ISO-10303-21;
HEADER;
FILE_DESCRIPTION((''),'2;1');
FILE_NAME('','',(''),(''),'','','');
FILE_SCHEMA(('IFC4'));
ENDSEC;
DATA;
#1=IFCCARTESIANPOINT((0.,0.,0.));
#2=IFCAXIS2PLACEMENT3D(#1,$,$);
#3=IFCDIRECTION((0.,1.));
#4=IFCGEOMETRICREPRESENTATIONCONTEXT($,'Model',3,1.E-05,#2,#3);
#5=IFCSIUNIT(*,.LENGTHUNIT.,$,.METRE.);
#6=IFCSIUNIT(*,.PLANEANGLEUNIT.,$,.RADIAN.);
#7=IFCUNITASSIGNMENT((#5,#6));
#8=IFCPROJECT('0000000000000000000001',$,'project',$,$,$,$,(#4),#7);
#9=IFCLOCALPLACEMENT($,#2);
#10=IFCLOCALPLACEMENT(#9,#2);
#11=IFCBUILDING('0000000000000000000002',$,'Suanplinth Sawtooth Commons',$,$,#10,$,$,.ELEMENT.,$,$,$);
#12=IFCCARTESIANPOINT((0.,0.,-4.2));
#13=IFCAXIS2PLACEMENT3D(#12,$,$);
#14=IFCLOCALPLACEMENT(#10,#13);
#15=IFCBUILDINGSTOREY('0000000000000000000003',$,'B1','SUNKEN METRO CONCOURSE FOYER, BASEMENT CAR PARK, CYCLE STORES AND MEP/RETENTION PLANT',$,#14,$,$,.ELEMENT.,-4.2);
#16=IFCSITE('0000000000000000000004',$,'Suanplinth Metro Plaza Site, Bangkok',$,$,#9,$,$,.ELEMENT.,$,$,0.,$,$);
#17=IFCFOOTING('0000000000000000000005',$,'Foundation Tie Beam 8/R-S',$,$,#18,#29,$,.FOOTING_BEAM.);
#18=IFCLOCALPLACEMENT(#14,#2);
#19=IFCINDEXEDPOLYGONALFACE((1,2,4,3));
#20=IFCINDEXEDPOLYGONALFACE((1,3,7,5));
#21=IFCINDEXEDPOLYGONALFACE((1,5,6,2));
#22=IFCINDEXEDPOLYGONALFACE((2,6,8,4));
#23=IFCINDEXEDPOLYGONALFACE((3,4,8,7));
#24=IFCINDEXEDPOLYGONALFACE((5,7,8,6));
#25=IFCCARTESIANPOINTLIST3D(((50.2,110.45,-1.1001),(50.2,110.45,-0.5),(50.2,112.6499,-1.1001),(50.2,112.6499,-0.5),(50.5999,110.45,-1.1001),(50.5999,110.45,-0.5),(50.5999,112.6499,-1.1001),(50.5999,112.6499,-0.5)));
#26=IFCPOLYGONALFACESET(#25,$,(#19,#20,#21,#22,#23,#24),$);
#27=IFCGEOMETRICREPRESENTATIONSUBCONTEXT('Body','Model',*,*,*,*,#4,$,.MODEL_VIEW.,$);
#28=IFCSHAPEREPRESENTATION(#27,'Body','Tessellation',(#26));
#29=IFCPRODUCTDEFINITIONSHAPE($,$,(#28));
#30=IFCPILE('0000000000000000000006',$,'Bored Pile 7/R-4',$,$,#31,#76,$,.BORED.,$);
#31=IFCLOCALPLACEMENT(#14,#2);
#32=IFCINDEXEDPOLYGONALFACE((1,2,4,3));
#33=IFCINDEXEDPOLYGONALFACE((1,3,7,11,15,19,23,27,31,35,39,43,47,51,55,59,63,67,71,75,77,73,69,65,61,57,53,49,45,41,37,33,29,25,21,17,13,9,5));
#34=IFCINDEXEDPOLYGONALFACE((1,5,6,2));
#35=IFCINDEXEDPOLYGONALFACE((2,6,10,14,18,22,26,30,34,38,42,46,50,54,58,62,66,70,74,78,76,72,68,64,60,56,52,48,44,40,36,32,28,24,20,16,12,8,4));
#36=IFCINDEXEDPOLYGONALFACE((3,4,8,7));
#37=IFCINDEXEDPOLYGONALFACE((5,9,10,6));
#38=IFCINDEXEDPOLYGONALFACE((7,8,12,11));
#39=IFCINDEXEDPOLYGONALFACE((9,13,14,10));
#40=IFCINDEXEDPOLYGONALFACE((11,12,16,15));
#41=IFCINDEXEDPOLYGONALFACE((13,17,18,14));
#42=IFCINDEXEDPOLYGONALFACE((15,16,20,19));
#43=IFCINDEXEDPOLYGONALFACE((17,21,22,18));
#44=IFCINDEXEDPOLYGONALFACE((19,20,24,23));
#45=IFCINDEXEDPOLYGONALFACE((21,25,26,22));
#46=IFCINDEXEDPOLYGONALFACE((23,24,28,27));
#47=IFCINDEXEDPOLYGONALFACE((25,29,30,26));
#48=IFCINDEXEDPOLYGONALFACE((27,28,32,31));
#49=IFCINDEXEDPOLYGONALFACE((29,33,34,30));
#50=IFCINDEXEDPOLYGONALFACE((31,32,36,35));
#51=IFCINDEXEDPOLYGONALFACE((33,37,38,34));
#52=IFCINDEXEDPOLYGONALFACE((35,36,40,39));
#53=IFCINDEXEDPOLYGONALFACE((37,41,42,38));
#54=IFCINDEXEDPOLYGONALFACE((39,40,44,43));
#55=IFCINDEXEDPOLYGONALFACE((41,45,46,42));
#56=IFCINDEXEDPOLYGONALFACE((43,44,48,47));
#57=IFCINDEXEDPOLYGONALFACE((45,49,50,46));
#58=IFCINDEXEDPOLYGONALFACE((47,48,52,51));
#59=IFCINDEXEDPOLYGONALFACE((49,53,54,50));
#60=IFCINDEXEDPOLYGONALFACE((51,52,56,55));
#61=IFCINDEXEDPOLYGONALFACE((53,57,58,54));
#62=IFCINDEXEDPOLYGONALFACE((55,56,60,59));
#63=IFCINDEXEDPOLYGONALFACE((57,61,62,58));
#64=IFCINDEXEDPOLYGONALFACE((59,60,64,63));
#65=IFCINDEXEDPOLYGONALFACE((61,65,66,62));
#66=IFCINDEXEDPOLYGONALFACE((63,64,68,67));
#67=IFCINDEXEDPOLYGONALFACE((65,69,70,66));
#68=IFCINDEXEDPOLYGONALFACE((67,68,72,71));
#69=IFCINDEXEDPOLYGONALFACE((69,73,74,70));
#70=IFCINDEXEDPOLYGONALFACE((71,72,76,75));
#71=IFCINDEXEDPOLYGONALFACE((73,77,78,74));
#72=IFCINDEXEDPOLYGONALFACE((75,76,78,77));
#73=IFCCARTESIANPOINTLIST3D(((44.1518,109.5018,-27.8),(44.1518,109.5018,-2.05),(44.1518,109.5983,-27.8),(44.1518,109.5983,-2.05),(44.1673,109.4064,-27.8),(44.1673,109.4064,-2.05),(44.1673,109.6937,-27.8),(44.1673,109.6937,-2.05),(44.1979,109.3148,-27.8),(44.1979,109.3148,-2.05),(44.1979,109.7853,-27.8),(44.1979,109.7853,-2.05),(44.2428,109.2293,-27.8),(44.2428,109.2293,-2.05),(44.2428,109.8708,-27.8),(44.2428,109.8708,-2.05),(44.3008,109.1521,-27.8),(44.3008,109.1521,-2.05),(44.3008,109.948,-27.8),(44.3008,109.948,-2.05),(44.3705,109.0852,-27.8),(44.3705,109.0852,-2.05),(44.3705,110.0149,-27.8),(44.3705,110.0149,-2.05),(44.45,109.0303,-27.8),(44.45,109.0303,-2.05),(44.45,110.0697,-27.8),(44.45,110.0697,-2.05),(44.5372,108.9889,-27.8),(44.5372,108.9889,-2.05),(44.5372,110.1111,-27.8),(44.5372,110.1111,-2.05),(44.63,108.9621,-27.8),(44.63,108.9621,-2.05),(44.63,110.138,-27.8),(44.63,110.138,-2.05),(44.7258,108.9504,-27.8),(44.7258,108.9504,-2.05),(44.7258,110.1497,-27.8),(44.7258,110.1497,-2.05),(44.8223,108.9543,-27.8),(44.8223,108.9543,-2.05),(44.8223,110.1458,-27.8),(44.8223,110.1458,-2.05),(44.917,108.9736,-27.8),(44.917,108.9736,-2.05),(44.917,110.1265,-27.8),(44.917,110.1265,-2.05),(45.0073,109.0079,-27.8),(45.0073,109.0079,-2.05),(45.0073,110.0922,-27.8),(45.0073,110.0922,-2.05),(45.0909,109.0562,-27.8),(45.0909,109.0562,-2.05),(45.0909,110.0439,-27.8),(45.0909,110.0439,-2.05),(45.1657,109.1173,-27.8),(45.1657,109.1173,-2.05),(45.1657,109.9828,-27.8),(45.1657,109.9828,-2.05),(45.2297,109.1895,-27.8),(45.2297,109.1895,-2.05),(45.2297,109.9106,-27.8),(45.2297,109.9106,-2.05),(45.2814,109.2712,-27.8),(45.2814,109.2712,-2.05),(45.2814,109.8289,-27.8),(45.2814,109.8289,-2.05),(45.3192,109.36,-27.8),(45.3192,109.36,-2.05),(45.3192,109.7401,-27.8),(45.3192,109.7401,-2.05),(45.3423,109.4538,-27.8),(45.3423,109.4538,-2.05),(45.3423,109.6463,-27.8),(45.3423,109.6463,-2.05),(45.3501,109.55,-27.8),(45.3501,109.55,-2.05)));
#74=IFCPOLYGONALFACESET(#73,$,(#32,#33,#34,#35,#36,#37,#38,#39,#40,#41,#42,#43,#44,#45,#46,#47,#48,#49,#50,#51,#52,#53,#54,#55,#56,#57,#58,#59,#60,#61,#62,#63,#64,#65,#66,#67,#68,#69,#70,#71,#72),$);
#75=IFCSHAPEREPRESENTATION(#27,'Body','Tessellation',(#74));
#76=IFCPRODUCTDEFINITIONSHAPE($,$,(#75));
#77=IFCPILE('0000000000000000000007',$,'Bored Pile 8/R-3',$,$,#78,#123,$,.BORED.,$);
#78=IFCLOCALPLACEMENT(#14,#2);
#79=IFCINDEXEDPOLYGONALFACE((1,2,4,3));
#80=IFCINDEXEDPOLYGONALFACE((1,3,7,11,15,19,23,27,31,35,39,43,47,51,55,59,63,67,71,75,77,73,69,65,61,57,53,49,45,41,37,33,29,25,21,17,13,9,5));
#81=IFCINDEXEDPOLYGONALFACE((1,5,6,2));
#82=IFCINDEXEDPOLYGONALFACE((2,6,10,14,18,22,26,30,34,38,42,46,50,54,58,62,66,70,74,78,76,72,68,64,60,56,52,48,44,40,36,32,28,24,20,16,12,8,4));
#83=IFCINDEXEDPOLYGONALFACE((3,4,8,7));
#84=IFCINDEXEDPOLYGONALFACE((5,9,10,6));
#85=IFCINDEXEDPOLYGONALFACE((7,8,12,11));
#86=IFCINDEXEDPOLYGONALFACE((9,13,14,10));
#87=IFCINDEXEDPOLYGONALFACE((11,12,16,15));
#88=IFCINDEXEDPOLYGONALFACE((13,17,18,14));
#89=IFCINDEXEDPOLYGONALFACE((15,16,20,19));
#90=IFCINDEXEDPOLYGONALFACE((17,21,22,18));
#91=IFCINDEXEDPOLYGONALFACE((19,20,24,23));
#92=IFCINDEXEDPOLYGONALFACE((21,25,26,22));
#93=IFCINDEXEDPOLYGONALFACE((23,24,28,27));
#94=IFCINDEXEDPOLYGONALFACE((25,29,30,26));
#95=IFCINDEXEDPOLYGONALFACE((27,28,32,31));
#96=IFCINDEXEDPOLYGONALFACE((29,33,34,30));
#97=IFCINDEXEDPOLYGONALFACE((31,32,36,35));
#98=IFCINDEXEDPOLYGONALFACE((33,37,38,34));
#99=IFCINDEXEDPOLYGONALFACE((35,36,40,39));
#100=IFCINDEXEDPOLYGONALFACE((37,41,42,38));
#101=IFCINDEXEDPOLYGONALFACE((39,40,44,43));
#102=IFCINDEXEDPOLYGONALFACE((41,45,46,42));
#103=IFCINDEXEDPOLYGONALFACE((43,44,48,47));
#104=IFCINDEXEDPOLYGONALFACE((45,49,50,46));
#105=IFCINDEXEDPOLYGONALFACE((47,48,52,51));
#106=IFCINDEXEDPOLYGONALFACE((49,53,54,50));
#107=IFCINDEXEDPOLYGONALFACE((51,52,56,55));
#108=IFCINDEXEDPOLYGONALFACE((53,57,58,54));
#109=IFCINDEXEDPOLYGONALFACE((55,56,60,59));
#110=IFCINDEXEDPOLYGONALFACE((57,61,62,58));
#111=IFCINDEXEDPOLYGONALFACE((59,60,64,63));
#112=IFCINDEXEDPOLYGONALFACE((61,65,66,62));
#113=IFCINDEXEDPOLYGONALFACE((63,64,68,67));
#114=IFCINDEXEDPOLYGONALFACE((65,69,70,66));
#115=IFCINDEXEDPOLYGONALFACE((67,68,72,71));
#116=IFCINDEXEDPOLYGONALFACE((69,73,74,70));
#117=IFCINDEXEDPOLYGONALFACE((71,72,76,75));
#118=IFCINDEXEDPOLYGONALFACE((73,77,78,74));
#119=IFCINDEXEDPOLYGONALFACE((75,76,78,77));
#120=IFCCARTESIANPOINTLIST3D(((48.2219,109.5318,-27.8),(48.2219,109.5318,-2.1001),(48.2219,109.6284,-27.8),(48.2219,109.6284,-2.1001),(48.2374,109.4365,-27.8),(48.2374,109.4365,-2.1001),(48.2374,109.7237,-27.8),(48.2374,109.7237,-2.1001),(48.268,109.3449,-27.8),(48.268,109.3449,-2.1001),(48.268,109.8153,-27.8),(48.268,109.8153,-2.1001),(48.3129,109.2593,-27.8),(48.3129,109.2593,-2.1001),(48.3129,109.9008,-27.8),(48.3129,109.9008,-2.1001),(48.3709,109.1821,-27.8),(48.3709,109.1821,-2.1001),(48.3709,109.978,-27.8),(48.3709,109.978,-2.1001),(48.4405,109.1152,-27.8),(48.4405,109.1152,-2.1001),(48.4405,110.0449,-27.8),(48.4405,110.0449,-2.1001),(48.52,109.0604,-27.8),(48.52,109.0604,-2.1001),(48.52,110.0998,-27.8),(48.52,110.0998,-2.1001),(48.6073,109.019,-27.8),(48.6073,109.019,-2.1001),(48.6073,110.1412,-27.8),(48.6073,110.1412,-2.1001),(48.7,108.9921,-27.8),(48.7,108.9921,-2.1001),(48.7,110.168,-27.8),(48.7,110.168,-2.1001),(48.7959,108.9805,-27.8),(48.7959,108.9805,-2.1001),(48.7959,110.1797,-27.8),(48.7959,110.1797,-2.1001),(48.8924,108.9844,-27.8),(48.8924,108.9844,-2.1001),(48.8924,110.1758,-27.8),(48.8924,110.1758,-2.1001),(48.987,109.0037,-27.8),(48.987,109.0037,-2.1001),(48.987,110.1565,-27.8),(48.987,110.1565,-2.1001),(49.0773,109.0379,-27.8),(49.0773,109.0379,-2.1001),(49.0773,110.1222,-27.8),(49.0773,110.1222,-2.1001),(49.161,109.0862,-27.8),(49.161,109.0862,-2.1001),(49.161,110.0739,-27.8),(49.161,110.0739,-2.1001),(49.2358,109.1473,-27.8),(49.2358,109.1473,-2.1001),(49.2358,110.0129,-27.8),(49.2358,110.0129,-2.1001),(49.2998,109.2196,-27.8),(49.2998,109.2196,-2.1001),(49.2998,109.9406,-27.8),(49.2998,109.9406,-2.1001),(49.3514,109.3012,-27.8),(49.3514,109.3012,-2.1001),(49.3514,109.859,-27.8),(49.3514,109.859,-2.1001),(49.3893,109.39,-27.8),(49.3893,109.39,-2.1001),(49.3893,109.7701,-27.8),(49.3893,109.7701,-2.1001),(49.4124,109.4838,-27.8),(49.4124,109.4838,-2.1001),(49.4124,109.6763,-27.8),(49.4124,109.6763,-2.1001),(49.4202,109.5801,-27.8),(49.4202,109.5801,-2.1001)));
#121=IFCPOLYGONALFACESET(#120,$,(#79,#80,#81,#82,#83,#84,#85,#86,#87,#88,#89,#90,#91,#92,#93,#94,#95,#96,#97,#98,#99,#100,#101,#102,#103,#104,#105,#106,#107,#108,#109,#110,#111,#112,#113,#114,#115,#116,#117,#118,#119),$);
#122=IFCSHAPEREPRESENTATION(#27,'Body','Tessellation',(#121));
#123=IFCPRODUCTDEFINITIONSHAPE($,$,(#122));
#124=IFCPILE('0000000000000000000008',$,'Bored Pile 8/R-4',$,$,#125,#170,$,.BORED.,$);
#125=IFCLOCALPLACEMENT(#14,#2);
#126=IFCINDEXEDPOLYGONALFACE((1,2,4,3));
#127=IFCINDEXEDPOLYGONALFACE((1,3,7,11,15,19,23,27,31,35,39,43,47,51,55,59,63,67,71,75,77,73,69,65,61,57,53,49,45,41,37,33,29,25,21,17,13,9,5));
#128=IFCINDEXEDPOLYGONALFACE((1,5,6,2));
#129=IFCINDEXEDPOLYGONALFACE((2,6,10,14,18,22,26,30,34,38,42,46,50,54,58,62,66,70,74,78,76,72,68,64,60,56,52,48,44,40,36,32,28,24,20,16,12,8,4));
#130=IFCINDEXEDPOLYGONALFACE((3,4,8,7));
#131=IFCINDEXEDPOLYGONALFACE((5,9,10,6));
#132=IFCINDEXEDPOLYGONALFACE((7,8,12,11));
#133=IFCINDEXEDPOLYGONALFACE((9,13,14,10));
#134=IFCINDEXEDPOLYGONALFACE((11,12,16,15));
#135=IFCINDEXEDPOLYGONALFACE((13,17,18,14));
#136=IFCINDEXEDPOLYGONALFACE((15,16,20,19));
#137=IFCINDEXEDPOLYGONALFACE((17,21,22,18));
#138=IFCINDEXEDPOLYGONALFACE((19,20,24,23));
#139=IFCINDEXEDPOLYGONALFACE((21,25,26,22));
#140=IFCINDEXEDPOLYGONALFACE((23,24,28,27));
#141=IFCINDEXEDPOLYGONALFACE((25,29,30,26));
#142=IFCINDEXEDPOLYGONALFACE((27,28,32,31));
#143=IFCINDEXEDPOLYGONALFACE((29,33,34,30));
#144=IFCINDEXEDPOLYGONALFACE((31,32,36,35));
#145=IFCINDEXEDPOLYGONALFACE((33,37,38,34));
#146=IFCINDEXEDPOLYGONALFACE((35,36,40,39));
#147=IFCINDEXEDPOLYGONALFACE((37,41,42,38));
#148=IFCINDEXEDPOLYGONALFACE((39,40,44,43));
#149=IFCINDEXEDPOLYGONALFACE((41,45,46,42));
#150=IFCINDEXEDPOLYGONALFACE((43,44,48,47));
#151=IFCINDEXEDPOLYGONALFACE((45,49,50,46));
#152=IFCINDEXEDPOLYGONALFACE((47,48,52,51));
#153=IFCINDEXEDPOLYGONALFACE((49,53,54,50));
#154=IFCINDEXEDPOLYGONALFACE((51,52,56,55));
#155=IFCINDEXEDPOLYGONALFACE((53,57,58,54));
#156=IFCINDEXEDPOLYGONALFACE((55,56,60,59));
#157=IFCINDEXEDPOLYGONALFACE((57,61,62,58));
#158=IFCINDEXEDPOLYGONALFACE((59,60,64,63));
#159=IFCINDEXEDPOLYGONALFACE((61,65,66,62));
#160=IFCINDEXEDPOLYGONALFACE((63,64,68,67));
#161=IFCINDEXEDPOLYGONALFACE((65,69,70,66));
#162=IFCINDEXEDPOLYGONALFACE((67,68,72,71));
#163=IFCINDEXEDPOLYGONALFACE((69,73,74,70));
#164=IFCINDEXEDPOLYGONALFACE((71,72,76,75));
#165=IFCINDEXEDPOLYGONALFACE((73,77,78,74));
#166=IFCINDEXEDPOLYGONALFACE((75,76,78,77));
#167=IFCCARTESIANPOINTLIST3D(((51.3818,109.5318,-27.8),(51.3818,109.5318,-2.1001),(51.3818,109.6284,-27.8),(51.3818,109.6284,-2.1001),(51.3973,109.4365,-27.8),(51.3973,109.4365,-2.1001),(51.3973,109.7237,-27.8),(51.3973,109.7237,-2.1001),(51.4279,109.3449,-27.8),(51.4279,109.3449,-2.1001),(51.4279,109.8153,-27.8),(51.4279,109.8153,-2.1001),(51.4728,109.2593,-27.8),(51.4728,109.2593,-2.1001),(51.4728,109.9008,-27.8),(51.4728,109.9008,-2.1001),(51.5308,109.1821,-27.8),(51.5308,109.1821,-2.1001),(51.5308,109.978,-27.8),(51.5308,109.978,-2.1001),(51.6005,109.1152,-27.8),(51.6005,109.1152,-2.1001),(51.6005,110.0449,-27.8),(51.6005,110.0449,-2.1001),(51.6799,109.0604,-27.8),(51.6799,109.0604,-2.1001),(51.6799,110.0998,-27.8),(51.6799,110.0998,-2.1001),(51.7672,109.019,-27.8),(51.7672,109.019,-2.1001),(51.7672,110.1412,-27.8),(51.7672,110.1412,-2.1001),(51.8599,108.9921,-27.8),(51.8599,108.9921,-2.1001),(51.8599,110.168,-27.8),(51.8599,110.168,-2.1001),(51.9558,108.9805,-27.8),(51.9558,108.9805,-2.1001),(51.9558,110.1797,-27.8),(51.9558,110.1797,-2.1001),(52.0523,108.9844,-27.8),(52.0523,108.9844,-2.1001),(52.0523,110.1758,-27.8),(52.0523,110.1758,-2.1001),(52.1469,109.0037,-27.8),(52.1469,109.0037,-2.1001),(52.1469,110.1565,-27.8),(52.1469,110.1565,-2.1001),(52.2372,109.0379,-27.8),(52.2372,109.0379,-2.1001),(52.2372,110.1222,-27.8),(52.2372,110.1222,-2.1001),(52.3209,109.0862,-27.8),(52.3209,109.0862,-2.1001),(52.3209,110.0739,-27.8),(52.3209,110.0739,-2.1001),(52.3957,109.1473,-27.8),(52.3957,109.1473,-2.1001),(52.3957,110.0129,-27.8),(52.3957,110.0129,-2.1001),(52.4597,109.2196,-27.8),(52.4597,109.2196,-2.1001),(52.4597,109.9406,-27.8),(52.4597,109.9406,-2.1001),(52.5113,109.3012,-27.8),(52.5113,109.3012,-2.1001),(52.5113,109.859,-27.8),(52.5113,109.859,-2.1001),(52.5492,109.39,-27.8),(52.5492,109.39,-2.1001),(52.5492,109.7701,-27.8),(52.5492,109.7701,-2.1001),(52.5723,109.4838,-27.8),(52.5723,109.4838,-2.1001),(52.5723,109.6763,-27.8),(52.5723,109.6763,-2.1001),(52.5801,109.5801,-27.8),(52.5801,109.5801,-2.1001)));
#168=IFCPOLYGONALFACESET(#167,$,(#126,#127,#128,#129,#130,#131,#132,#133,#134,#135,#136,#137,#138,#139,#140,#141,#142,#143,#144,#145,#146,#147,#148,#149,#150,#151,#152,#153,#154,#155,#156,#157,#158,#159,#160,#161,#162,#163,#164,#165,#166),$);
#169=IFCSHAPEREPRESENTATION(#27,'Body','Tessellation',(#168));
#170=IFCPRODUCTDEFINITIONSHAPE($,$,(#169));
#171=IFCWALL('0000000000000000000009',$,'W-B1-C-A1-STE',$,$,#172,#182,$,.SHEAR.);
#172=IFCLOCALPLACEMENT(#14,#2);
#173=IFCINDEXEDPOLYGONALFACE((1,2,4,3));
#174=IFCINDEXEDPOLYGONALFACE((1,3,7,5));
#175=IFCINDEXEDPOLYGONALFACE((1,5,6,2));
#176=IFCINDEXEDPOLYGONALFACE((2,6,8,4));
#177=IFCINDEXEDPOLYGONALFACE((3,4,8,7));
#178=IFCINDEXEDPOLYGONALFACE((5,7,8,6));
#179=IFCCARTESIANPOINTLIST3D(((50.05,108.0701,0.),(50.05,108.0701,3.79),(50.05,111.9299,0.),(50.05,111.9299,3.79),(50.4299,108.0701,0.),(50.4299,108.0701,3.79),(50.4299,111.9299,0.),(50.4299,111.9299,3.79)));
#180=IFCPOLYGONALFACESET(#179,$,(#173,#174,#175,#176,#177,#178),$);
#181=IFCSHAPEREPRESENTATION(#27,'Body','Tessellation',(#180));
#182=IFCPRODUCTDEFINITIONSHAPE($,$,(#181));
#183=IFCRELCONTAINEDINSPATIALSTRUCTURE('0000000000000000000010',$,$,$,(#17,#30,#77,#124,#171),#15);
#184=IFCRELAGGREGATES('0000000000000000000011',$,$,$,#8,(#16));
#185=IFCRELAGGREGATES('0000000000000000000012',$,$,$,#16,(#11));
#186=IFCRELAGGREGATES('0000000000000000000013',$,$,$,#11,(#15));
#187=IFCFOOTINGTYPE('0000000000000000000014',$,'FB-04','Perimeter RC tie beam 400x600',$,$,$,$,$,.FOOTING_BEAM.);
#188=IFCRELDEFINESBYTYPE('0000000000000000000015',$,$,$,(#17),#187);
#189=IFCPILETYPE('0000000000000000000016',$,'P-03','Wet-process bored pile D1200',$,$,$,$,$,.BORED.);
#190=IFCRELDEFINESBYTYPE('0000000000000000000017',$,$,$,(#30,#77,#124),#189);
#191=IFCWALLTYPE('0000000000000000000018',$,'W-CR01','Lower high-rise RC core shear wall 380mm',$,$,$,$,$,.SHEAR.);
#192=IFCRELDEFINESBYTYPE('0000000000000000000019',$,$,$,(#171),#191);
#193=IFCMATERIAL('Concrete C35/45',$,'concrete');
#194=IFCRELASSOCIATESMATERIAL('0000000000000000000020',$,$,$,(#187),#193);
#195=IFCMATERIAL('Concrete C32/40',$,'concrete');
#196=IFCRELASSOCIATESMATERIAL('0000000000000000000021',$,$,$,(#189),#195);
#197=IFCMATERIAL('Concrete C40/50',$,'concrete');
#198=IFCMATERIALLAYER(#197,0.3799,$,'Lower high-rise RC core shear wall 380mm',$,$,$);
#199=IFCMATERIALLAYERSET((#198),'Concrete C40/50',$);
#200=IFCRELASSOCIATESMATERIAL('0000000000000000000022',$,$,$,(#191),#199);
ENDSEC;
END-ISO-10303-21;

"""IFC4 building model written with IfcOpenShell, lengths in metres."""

from ifc_helpers import new_model, si_unit, direction, frame, frame_2d, origin, origin_2d, place, context, subcontext, project, spatial, rectangle, circle, extrude, material, layer, layer_set, material_profile, profile_set, type_object, element, save


model = new_model("IFC4")

# Units and contexts
model_context = context("Model", 3, precision=1e-05, world=origin(), true_north=direction((0.0, 1.0)))
body_context = subcontext(model_context, "Body", "Model", "MODEL_VIEW")
ifc_project = project(units=[si_unit("LENGTHUNIT", "METRE"), si_unit("PLANEANGLEUNIT", "RADIAN")], contexts=[model_context])

# Site, building, storey
site_placement = place(None, origin())
site = spatial("IfcSite", under=ifc_project, at=site_placement, Name="Suanplinth Metro Plaza Site, Bangkok", CompositionType="ELEMENT", RefElevation=0.0)
building_placement = place(site_placement, origin())
building = spatial("IfcBuilding", under=site, at=building_placement, Name="Suanplinth Sawtooth Commons", CompositionType="ELEMENT")
storey_placement = place(building_placement, frame((0.0, 0.0, -4.2)))
storey = spatial("IfcBuildingStorey", under=building, at=storey_placement, Name="B1", Description="SUNKEN METRO CONCOURSE FOYER, BASEMENT CAR PARK, CYCLE STORES AND MEP/RETENTION PLANT", CompositionType="ELEMENT", Elevation=-4.2)

# Footing
ifc_material_1 = material(Name="Concrete C35/45", Category="concrete")
ifc_material_profile_1 = material_profile(ifc_material_1, rectangle(XDim=0.3999, YDim=0.6001, at=origin_2d()), Name="PC-GDR 400x600")
ifc_profile_set_1 = profile_set([ifc_material_profile_1], Name="Concrete C35/45")
footing_type = type_object("IfcFootingType", Name="FB-04", Description="Perimeter RC tie beam 400x600", PredefinedType="FOOTING_BEAM", material=ifc_profile_set_1)
footing_placement = place(storey_placement, frame((50.3999, 110.45, -0.8), z_axis=(0.0, 1.0, 0.0), x_axis=(-1.0, 0.0, 0.0)))
element("IfcFooting", 1, at=footing_placement, inside=storey, type_object=footing_type, Name="Foundation Tie Beam 8/R-S", PredefinedType="FOOTING_BEAM", context=body_context, shape_type="SweptSolid", body=[
    extrude(rectangle(XDim=0.3999, YDim=0.6001, at=origin_2d()), origin(), (0.0, 0.0, 1.0), 2.2),
])

# Piles
ifc_material_2 = material(Name="Concrete C32/40", Category="concrete")
ifc_material_profile_2 = material_profile(ifc_material_2, circle(Radius=0.6001, at=origin_2d()), Name="PILE D1200")
ifc_profile_set_2 = profile_set([ifc_material_profile_2], Name="Concrete C32/40")
pile_type = type_object("IfcPileType", Name="P-03", Description="Wet-process bored pile D1200", PredefinedType="BORED", material=ifc_profile_set_2)
pile_placement = place(storey_placement, frame((44.75, 109.55, -2.05), z_axis=(0.0, 0.0, -1.0), x_axis=(1.0, 0.0, 0.0)))
element("IfcPile", 2, at=pile_placement, inside=storey, type_object=pile_type, Name="Bored Pile 7/R-4", PredefinedType="BORED", context=body_context, shape_type="SweptSolid", body=[
    extrude(circle(Radius=0.6001, at=origin_2d()), origin(), (0.0, 0.0, 1.0), 25.75),
])
for number, where, z_axis, x_axis, name in (
    (3, (48.8201, 109.5801, -2.1001), (0.0, 0.0, -1.0), (1.0, 0.0, 0.0), "Bored Pile 8/R-3"),
    (4, (51.98, 109.5801, -2.1001), (0.0, 0.0, -1.0), (1.0, 0.0, 0.0), "Bored Pile 8/R-4"),
):
    element("IfcPile", number, at=place(storey_placement, frame(where, z_axis=z_axis, x_axis=x_axis)), inside=storey, type_object=pile_type, Name=name, PredefinedType="BORED", context=body_context, shape_type="SweptSolid", body=[
        extrude(circle(Radius=0.6001, at=origin_2d()), origin(), (0.0, 0.0, 1.0), 25.7),
    ])

# Wall
ifc_material_3 = material(Name="Concrete C40/50", Category="concrete")
ifc_layer_1 = layer(ifc_material_3, 0.3799, Name="Lower high-rise RC core shear wall 380mm")
ifc_layer_set_1 = layer_set([ifc_layer_1], Name="Concrete C40/50")
wall_type_1 = type_object("IfcWallType", Name="W-CR01", Description="Lower high-rise RC core shear wall 380mm", PredefinedType="SHEAR", material=ifc_layer_set_1)
wall_1_placement = place(storey_placement, frame((50.24, 108.0701, 0.0), z_axis=(0.0, 0.0, 1.0), x_axis=(0.0, 1.0, 0.0)))
element("IfcWall", 5, at=wall_1_placement, inside=storey, type_object=wall_type_1, Name="W-B1-C-A1-STE", PredefinedType="SHEAR", context=body_context, shape_type="SweptSolid", body=[
    extrude(rectangle(XDim=3.8599, YDim=0.3799, at=frame_2d((1.9299, 0.0))), origin(), (0.0, 0.0, 1.0), 3.79),
])

save(model, "model.ifc")
